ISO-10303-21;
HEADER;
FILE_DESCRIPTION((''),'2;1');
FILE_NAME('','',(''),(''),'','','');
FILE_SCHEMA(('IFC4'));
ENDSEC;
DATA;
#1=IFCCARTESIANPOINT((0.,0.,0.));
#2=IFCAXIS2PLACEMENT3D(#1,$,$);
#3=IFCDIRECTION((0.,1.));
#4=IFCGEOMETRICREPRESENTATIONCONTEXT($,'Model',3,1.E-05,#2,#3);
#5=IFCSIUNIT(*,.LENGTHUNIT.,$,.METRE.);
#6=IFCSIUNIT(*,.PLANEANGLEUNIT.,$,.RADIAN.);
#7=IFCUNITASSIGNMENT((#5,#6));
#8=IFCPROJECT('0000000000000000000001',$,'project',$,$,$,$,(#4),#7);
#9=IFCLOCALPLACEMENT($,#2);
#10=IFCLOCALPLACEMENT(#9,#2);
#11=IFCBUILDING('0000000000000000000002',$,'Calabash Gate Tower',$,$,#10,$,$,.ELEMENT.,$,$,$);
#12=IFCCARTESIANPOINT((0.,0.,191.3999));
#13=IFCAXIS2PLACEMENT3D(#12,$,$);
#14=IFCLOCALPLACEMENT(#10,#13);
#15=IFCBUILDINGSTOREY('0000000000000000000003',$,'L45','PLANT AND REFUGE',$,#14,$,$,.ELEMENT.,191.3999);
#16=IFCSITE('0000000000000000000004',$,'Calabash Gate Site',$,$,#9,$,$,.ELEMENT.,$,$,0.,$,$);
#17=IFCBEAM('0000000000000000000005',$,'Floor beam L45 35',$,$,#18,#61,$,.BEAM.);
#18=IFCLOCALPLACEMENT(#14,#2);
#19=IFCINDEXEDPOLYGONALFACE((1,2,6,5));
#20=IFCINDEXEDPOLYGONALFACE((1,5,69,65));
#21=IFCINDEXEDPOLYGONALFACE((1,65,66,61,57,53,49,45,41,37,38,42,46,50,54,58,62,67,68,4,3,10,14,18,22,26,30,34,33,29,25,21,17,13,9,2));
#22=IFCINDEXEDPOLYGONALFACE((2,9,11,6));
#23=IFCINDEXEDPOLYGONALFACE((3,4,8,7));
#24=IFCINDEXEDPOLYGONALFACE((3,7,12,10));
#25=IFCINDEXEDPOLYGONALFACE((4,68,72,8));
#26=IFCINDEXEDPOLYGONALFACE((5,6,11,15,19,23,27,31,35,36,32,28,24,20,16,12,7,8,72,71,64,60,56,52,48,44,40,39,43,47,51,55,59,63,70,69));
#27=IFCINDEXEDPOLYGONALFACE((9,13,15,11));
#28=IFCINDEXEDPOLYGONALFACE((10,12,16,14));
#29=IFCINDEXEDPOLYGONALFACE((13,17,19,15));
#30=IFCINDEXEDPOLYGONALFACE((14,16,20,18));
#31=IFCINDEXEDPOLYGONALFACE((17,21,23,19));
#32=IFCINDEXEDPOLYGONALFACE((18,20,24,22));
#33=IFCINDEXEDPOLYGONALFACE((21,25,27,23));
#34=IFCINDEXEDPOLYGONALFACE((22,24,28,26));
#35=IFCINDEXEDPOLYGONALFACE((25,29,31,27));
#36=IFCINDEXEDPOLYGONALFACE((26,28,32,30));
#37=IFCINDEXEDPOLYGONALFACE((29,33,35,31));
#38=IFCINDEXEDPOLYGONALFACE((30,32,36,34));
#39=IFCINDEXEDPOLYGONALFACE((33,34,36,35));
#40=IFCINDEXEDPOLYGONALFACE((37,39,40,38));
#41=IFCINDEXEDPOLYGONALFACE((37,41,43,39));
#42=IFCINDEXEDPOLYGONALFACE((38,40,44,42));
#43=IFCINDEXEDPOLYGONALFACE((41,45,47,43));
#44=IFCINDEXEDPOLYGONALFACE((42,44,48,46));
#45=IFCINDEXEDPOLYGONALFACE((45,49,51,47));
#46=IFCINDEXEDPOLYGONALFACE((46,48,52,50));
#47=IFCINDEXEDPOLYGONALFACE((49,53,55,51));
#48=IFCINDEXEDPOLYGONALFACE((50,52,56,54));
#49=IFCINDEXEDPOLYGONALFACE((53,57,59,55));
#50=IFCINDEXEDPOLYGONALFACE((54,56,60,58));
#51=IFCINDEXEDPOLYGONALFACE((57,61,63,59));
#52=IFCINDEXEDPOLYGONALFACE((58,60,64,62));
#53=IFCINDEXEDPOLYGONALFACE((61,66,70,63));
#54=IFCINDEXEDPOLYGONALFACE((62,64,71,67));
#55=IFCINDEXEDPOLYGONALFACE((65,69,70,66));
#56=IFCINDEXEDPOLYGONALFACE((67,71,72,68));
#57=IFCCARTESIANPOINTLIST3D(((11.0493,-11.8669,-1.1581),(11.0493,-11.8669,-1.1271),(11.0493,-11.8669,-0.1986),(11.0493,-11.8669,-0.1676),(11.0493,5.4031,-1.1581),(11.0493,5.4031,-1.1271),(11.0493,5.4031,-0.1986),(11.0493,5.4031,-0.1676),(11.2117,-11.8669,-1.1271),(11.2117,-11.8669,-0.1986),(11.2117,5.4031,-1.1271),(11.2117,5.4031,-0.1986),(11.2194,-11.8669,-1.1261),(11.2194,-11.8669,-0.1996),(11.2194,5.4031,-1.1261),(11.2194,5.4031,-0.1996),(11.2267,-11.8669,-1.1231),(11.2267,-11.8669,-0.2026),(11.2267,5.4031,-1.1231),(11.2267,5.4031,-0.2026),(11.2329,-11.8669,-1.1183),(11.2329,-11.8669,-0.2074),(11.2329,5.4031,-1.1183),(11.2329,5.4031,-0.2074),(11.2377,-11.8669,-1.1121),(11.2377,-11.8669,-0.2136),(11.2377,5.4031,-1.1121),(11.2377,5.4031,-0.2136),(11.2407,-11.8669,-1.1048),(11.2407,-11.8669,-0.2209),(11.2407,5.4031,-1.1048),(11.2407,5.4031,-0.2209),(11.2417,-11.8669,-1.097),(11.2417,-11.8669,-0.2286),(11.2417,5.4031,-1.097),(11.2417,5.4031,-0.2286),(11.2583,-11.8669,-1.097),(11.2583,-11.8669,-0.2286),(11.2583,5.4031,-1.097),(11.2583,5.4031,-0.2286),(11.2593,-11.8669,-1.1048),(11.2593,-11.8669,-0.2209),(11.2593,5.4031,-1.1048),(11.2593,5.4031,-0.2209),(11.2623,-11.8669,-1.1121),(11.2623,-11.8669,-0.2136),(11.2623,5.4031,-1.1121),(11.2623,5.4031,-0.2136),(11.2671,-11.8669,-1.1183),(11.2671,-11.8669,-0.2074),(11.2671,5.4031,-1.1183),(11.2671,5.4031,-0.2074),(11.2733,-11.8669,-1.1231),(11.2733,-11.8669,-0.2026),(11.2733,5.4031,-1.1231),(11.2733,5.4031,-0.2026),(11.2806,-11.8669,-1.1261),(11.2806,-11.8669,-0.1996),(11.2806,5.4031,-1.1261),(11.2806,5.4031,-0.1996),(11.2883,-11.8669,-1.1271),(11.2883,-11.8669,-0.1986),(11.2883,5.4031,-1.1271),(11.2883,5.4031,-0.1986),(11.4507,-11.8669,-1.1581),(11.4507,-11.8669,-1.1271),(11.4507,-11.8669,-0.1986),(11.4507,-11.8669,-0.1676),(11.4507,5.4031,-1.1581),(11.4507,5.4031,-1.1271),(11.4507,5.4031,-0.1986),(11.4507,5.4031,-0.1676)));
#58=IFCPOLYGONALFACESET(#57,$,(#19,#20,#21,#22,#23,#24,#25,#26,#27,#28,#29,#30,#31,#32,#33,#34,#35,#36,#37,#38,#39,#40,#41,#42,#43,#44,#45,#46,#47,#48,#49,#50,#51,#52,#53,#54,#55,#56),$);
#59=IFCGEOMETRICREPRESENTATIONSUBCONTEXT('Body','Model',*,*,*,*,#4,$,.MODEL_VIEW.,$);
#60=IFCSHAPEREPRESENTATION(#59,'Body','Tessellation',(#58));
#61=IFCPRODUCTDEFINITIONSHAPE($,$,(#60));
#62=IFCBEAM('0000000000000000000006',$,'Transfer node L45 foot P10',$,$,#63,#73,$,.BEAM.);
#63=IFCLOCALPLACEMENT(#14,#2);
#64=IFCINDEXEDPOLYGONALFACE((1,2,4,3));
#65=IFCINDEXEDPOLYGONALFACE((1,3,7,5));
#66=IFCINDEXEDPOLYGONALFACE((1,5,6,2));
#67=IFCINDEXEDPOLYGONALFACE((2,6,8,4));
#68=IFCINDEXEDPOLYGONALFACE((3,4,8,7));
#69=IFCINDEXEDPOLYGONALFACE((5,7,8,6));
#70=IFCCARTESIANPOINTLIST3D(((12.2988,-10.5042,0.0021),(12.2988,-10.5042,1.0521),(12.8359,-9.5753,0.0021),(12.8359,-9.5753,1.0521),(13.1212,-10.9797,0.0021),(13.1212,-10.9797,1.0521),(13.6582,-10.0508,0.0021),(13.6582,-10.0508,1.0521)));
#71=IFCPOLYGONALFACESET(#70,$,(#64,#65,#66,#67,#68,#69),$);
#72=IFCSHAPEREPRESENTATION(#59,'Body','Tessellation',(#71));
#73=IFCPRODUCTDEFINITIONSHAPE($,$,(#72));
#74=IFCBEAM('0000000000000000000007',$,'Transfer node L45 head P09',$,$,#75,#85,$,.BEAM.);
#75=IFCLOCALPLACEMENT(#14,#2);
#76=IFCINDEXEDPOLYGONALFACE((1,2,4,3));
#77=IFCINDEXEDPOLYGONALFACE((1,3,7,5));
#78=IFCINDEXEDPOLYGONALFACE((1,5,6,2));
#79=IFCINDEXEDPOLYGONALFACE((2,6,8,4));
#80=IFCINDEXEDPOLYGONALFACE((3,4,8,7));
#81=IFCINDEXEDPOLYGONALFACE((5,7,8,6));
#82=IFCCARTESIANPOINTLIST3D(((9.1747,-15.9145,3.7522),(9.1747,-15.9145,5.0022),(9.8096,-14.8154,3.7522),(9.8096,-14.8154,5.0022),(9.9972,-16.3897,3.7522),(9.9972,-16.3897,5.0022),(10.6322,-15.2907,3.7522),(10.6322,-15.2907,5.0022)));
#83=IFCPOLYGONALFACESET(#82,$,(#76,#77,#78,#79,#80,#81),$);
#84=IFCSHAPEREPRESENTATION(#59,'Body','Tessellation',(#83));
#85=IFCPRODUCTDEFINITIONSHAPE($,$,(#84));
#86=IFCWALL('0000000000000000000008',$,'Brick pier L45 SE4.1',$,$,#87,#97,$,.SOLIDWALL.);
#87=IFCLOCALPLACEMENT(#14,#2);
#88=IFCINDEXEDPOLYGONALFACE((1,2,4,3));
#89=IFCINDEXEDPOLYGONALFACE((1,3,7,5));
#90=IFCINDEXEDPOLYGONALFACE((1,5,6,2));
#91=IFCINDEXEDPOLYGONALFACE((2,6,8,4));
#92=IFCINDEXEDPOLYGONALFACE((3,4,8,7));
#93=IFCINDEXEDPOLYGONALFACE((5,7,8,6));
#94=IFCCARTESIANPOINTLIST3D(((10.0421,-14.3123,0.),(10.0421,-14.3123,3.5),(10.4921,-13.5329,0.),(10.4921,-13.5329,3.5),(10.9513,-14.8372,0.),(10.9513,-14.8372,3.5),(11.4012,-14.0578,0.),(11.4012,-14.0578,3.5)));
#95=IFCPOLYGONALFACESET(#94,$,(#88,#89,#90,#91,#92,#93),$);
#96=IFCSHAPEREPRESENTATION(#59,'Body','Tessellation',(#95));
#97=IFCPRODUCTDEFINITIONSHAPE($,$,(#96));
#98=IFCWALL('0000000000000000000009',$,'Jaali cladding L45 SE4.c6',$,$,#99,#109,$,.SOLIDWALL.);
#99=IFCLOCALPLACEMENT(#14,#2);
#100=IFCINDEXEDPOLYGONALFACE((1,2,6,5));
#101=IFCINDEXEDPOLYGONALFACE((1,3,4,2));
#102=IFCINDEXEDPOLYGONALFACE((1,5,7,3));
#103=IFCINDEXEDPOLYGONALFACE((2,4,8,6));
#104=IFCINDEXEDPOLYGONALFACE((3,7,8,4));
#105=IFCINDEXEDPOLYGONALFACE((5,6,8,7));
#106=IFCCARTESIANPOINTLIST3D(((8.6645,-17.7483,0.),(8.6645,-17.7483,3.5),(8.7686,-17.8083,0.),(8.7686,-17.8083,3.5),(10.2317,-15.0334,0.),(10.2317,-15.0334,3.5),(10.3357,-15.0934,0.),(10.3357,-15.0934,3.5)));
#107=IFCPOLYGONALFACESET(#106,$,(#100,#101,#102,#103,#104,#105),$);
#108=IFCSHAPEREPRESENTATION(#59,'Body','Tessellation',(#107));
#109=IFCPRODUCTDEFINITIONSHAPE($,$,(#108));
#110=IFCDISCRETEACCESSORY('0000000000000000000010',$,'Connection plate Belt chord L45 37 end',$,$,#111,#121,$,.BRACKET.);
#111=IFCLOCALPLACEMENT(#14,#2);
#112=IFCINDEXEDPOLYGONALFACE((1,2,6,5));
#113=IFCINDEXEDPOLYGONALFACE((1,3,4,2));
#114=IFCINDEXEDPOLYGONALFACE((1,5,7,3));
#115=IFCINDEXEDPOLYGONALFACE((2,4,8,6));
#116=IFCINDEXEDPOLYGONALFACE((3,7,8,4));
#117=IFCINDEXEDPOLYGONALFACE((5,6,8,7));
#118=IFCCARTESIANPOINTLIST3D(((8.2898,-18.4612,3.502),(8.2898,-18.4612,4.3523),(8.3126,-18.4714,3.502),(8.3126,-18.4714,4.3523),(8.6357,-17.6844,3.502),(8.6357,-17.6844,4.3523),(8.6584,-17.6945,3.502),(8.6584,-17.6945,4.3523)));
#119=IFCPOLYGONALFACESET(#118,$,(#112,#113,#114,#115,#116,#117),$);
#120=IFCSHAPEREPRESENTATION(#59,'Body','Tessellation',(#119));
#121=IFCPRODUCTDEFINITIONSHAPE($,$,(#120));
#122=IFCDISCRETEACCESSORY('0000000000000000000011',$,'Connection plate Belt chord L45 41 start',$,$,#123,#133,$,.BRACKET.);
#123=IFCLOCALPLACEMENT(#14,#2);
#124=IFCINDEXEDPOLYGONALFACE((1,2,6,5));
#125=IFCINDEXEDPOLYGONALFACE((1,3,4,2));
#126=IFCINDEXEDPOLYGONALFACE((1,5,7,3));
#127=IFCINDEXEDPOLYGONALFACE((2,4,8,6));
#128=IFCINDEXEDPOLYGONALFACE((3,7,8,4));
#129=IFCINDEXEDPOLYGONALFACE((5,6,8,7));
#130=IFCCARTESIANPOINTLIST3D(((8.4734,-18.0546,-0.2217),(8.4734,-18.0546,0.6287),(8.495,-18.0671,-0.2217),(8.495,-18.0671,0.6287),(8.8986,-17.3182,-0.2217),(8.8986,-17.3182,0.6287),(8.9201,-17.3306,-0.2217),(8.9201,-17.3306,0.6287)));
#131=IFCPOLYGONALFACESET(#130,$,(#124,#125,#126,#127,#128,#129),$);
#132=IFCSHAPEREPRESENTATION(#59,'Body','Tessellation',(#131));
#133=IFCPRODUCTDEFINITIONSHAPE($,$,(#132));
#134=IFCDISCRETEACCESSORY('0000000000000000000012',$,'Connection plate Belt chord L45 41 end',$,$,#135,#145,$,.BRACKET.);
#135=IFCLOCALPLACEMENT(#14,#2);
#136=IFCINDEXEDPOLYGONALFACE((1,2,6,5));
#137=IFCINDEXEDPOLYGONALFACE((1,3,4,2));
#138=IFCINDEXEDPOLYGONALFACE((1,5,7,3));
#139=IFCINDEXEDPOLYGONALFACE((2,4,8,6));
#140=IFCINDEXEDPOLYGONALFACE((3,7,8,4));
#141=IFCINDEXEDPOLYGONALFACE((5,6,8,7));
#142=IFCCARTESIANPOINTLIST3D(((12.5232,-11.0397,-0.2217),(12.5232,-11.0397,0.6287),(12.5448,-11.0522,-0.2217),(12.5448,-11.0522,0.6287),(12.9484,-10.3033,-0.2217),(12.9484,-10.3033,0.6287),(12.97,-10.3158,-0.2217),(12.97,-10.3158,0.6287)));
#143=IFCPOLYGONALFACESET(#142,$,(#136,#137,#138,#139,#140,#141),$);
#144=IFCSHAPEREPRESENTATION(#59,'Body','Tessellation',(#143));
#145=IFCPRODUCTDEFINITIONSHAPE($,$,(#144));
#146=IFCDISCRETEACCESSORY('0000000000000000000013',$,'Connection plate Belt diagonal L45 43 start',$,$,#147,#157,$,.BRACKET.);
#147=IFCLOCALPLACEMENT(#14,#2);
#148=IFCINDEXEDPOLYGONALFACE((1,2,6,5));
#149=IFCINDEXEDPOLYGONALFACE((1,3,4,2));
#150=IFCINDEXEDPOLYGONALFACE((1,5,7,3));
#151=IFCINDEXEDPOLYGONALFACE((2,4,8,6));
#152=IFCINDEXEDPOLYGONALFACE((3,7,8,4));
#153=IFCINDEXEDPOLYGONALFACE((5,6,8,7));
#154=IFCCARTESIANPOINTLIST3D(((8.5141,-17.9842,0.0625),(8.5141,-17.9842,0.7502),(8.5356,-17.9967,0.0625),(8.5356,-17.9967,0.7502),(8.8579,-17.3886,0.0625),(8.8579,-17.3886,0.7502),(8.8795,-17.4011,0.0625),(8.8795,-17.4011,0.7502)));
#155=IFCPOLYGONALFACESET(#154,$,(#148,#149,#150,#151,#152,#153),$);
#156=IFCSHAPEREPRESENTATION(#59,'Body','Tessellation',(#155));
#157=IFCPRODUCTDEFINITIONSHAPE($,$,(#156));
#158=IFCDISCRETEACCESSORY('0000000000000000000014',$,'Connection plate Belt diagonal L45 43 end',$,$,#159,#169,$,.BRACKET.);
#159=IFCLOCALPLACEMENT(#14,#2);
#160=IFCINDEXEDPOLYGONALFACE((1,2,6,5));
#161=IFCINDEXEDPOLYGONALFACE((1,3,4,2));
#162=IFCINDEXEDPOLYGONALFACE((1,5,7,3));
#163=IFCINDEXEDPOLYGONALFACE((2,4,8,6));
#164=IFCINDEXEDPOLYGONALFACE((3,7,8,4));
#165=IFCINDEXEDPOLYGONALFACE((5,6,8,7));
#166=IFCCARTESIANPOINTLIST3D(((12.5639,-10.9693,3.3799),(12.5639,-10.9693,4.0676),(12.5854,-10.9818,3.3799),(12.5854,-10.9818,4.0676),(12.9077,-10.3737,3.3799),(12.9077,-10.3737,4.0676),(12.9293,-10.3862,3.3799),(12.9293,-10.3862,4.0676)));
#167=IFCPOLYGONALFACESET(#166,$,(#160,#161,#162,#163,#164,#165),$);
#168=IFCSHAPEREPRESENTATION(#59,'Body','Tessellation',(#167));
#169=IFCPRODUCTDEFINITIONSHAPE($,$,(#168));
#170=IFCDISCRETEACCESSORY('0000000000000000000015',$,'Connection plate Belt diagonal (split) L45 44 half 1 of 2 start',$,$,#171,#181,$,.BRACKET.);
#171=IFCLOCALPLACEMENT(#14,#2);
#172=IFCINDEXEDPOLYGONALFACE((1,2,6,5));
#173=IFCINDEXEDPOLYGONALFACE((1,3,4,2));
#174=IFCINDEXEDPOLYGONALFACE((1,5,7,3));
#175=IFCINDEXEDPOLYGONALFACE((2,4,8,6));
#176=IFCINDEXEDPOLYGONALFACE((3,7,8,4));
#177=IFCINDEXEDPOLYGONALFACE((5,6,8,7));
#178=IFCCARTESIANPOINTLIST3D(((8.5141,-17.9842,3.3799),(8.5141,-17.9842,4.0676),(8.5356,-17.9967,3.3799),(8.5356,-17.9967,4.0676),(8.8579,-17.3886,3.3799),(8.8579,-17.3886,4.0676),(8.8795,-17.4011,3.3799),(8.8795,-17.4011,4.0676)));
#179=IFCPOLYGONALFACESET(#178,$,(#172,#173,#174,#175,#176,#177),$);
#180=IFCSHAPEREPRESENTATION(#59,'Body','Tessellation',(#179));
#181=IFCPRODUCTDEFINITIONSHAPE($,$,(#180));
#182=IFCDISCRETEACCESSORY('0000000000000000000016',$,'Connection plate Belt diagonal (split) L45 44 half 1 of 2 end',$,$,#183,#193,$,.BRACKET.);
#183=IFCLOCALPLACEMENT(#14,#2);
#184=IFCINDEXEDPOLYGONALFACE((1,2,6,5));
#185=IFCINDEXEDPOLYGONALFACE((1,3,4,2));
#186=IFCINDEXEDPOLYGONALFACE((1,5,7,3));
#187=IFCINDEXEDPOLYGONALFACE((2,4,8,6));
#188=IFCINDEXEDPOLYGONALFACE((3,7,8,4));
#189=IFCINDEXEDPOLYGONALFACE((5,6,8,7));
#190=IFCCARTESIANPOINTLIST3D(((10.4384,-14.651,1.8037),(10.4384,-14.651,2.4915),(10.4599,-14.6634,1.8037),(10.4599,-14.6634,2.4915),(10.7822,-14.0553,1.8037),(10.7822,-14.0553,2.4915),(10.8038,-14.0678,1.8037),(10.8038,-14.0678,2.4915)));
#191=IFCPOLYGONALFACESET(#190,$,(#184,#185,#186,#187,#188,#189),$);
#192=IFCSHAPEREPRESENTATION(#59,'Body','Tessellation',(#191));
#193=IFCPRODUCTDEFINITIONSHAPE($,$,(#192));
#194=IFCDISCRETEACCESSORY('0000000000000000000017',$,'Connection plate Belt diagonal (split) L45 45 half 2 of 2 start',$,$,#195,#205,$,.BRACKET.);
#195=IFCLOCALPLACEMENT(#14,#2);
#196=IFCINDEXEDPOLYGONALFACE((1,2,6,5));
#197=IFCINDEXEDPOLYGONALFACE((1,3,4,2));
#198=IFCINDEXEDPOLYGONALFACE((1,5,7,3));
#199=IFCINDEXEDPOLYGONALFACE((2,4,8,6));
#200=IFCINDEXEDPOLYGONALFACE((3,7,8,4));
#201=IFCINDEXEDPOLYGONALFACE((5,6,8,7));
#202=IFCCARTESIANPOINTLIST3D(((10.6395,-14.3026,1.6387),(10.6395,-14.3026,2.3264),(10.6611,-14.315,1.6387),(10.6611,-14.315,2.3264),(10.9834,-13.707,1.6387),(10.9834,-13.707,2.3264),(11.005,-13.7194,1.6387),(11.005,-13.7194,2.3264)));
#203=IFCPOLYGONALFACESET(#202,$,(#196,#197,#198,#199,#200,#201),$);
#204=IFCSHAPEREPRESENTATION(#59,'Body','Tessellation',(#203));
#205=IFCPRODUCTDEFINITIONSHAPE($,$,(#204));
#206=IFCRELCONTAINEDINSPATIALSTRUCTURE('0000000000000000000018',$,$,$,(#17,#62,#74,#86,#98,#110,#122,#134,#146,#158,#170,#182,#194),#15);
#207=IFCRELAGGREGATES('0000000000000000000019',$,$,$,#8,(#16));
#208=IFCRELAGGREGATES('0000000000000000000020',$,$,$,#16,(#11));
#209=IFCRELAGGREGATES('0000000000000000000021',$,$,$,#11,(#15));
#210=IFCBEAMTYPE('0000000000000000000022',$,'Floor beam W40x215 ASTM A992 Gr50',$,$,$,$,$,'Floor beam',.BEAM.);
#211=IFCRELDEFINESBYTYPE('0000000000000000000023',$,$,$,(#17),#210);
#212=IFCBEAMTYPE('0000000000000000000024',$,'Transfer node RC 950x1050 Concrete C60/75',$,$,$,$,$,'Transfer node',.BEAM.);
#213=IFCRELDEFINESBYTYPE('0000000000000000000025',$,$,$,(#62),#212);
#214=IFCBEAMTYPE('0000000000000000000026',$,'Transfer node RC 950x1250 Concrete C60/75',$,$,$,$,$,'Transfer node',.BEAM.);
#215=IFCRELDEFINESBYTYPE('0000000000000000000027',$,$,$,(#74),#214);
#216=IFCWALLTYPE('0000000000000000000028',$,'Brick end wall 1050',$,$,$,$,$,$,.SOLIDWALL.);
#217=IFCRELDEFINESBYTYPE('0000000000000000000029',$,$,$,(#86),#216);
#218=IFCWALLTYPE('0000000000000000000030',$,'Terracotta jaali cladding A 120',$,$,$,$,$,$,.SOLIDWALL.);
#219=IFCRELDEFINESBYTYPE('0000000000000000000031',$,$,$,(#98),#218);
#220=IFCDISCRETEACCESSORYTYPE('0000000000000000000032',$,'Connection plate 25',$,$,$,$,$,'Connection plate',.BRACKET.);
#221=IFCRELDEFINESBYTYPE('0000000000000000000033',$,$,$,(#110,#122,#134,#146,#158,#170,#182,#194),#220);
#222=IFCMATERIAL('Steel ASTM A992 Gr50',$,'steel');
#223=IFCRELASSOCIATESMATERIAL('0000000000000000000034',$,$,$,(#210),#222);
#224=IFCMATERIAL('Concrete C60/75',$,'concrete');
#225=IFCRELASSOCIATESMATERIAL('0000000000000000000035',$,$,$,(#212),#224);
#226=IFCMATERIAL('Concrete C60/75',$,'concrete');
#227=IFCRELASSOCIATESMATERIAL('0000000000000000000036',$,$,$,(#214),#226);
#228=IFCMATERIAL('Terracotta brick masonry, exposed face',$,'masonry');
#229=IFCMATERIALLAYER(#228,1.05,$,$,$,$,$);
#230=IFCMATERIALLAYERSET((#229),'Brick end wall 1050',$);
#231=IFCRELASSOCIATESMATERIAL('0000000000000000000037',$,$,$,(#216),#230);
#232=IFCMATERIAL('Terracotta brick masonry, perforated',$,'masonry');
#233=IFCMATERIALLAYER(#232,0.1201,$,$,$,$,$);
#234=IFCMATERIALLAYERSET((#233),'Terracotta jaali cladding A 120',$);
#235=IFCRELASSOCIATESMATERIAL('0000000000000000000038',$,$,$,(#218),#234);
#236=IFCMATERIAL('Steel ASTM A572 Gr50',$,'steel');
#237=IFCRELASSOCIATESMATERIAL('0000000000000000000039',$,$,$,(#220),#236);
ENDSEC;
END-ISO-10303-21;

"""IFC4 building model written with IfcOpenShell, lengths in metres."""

from ifc_helpers import new_model, si_unit, direction, frame, frame_2d, origin, origin_2d, place, context, subcontext, project, spatial, rectangle, i_section, extrude, material, layer, layer_set, material_profile, profile_set, type_object, element, save


model = new_model("IFC4")

# Units and contexts
model_context = context("Model", 3, precision=1e-05, world=origin(), true_north=direction((0.0, 1.0)))
body_context = subcontext(model_context, "Body", "Model", "MODEL_VIEW")
ifc_project = project(units=[si_unit("LENGTHUNIT", "METRE"), si_unit("PLANEANGLEUNIT", "RADIAN")], contexts=[model_context])

# Site, building, storey
site_placement = place(None, origin())
site = spatial("IfcSite", under=ifc_project, at=site_placement, Name="Calabash Gate Site", CompositionType="ELEMENT", RefElevation=0.0)
building_placement = place(site_placement, origin())
building = spatial("IfcBuilding", under=site, at=building_placement, Name="Calabash Gate Tower", CompositionType="ELEMENT")
storey_placement = place(building_placement, frame((0.0, 0.0, 191.3999)))
storey = spatial("IfcBuildingStorey", under=building, at=storey_placement, Name="L45", Description="PLANT AND REFUGE", CompositionType="ELEMENT", Elevation=191.3999)

# Beams
ifc_material_1 = material(Name="Steel ASTM A992 Gr50", Category="steel")
ifc_material_profile_1 = material_profile(ifc_material_1, i_section(OverallWidth=0.4014, OverallDepth=0.9905, WebThickness=0.0166, FlangeThickness=0.031, FilletRadius=0.03, at=origin_2d()))
ifc_profile_set_1 = profile_set([ifc_material_profile_1], Name="Steel ASTM A992 Gr50")
beam_type_1 = type_object("IfcBeamType", Name="Floor beam W40x215 ASTM A992 Gr50", ElementType="Floor beam", PredefinedType="BEAM", material=ifc_profile_set_1)
beam_1_placement = place(storey_placement, frame((11.25, -11.8669, -0.6628), z_axis=(0.0, 1.0, 0.0), x_axis=(-1.0, 0.0, 0.0)))
element("IfcBeam", 1, at=beam_1_placement, inside=storey, type_object=beam_type_1, Name="Floor beam L45 35", PredefinedType="BEAM", context=body_context, shape_type="SweptSolid", body=[
    extrude(i_section(OverallWidth=0.4014, OverallDepth=0.9905, WebThickness=0.0166, FlangeThickness=0.031, FilletRadius=0.03, at=origin_2d()), origin(), (0.0, 0.0, 1.0), 17.27),
])
ifc_material_2 = material(Name="Concrete C60/75", Category="concrete")
ifc_material_profile_2 = material_profile(ifc_material_2, rectangle(XDim=0.95, YDim=1.05, at=origin_2d()))
ifc_profile_set_2 = profile_set([ifc_material_profile_2], Name="Concrete C60/75")
beam_type_2 = type_object("IfcBeamType", Name="Transfer node RC 950x1050 Concrete C60/75", ElementType="Transfer node", PredefinedType="BEAM", material=ifc_profile_set_2)
beam_2_placement = place(storey_placement, frame((12.71, -10.7419, 0.5271), z_axis=(0.500543, 0.865712, 0.0), x_axis=(-0.865712, 0.500543, 0.0)))
element("IfcBeam", 2, at=beam_2_placement, inside=storey, type_object=beam_type_2, Name="Transfer node L45 foot P10", PredefinedType="BEAM", context=body_context, shape_type="SweptSolid", body=[
    extrude(rectangle(XDim=0.95, YDim=1.05, at=origin_2d()), origin(), (0.0, 0.0, 1.0), 1.073),
])
ifc_material_3 = material(Name="Concrete C60/75", Category="concrete")
ifc_material_profile_3 = material_profile(ifc_material_3, rectangle(XDim=0.95, YDim=1.25, at=origin_2d()))
ifc_profile_set_3 = profile_set([ifc_material_profile_3], Name="Concrete C60/75")
beam_type_3 = type_object("IfcBeamType", Name="Transfer node RC 950x1250 Concrete C60/75", ElementType="Transfer node", PredefinedType="BEAM", material=ifc_profile_set_3)
beam_3_placement = place(storey_placement, frame((9.5859, -16.1521, 4.3772), z_axis=(0.500255, 0.865878, 0.0), x_axis=(-0.865878, 0.500255, 0.0)))
element("IfcBeam", 3, at=beam_3_placement, inside=storey, type_object=beam_type_3, Name="Transfer node L45 head P09", PredefinedType="BEAM", context=body_context, shape_type="SweptSolid", body=[
    extrude(rectangle(XDim=0.95, YDim=1.25, at=origin_2d()), origin(), (0.0, 0.0, 1.0), 1.2693),
])

# Walls
ifc_material_4 = material(Name="Terracotta brick masonry, exposed face", Category="masonry")
ifc_layer_1 = layer(ifc_material_4, 1.05)
ifc_layer_set_1 = layer_set([ifc_layer_1], Name="Brick end wall 1050")
wall_type_1 = type_object("IfcWallType", Name="Brick end wall 1050", PredefinedType="SOLIDWALL", material=ifc_layer_set_1)
wall_1_placement = place(storey_placement, frame((11.1763, -14.4475, 0.0), z_axis=(0.0, 0.0, 1.0), x_axis=(-0.866031, 0.499991, 0.0)))
element("IfcWall", 4, at=wall_1_placement, inside=storey, type_object=wall_type_1, Name="Brick pier L45 SE4.1", PredefinedType="SOLIDWALL", context=body_context, shape_type="SweptSolid", body=[
    extrude(rectangle(XDim=1.0498, YDim=0.8999, at=frame_2d((0.5249, 0.0))), origin(), (0.0, 0.0, 1.0), 3.5),
])
ifc_material_5 = material(Name="Terracotta brick masonry, perforated", Category="masonry")
ifc_layer_2 = layer(ifc_material_5, 0.1201)
ifc_layer_set_2 = layer_set([ifc_layer_2], Name="Terracotta jaali cladding A 120")
wall_type_2 = type_object("IfcWallType", Name="Terracotta jaali cladding A 120", PredefinedType="SOLIDWALL", material=ifc_layer_set_2)
wall_2_placement = place(storey_placement, frame((8.7166, -17.7783, 0.0), z_axis=(0.0, 0.0, 1.0), x_axis=(0.499934, 0.866064, 0.0)))
element("IfcWall", 5, at=wall_2_placement, inside=storey, type_object=wall_type_2, Name="Jaali cladding L45 SE4.c6", PredefinedType="SOLIDWALL", context=body_context, shape_type="SweptSolid", body=[
    extrude(rectangle(XDim=3.1348, YDim=0.1201, at=frame_2d((1.5674, 0.0))), origin(), (0.0, 0.0, 1.0), 3.5),
])

# Discrete accessories
ifc_material_6 = material(Name="Steel ASTM A572 Gr50", Category="steel")
discrete_accessory_type = type_object("IfcDiscreteAccessoryType", Name="Connection plate 25", ElementType="Connection plate", PredefinedType="BRACKET", material=ifc_material_6)
for number, where, z_axis, x_axis, name in (
    (6, (8.4741, -18.0779, 3.502), (0.0, 0.0, 1.0), (0.406722, 0.913552, 0.0), "Connection plate Belt chord L45 37 end"),
    (7, (8.6968, -17.6926, -0.2217), (0.0, 0.0, 1.0), (0.5, 0.866025, 0.0), "Connection plate Belt chord L45 41 start"),
    (8, (12.7466, -10.6777, -0.2217), (0.0, 0.0, 1.0), (0.5, 0.866025, 0.0), "Connection plate Belt chord L45 41 end"),
):
    element("IfcDiscreteAccessory", number, at=place(storey_placement, frame(where, z_axis=z_axis, x_axis=x_axis)), inside=storey, type_object=discrete_accessory_type, Name=name, PredefinedType="BRACKET", context=body_context, shape_type="SweptSolid", body=[
        extrude(rectangle(XDim=0.8503, YDim=0.0249, at=origin_2d()), origin(), (0.0, 0.0, 1.0), 0.8503),
    ])
for number, where, z_axis, x_axis, name in (
    (9, (8.6968, -17.6926, 0.0625), (0.0, 0.0, 1.0), (0.5, 0.866025, 0.0), "Connection plate Belt diagonal L45 43 start"),
    (10, (12.7466, -10.6777, 3.3799), (0.0, 0.0, 1.0), (0.5, 0.866025, 0.0), "Connection plate Belt diagonal L45 43 end"),
    (11, (8.6968, -17.6926, 3.3799), (0.0, 0.0, 1.0), (0.5, 0.866025, 0.0), "Connection plate Belt diagonal (split) L45 44 half 1 of 2 start"),
    (12, (10.6211, -14.3594, 1.8037), (0.0, 0.0, 1.0), (0.5, 0.866025, 0.0), "Connection plate Belt diagonal (split) L45 44 half 1 of 2 end"),
    (13, (10.8223, -14.011, 1.6387), (0.0, 0.0, 1.0), (0.5, 0.866025, 0.0), "Connection plate Belt diagonal (split) L45 45 half 2 of 2 start"),
):
    element("IfcDiscreteAccessory", number, at=place(storey_placement, frame(where, z_axis=z_axis, x_axis=x_axis)), inside=storey, type_object=discrete_accessory_type, Name=name, PredefinedType="BRACKET", context=body_context, shape_type="SweptSolid", body=[
        extrude(rectangle(XDim=0.6877, YDim=0.0249, at=origin_2d()), origin(), (0.0, 0.0, 1.0), 0.6877),
    ])

save(model, "model.ifc")
